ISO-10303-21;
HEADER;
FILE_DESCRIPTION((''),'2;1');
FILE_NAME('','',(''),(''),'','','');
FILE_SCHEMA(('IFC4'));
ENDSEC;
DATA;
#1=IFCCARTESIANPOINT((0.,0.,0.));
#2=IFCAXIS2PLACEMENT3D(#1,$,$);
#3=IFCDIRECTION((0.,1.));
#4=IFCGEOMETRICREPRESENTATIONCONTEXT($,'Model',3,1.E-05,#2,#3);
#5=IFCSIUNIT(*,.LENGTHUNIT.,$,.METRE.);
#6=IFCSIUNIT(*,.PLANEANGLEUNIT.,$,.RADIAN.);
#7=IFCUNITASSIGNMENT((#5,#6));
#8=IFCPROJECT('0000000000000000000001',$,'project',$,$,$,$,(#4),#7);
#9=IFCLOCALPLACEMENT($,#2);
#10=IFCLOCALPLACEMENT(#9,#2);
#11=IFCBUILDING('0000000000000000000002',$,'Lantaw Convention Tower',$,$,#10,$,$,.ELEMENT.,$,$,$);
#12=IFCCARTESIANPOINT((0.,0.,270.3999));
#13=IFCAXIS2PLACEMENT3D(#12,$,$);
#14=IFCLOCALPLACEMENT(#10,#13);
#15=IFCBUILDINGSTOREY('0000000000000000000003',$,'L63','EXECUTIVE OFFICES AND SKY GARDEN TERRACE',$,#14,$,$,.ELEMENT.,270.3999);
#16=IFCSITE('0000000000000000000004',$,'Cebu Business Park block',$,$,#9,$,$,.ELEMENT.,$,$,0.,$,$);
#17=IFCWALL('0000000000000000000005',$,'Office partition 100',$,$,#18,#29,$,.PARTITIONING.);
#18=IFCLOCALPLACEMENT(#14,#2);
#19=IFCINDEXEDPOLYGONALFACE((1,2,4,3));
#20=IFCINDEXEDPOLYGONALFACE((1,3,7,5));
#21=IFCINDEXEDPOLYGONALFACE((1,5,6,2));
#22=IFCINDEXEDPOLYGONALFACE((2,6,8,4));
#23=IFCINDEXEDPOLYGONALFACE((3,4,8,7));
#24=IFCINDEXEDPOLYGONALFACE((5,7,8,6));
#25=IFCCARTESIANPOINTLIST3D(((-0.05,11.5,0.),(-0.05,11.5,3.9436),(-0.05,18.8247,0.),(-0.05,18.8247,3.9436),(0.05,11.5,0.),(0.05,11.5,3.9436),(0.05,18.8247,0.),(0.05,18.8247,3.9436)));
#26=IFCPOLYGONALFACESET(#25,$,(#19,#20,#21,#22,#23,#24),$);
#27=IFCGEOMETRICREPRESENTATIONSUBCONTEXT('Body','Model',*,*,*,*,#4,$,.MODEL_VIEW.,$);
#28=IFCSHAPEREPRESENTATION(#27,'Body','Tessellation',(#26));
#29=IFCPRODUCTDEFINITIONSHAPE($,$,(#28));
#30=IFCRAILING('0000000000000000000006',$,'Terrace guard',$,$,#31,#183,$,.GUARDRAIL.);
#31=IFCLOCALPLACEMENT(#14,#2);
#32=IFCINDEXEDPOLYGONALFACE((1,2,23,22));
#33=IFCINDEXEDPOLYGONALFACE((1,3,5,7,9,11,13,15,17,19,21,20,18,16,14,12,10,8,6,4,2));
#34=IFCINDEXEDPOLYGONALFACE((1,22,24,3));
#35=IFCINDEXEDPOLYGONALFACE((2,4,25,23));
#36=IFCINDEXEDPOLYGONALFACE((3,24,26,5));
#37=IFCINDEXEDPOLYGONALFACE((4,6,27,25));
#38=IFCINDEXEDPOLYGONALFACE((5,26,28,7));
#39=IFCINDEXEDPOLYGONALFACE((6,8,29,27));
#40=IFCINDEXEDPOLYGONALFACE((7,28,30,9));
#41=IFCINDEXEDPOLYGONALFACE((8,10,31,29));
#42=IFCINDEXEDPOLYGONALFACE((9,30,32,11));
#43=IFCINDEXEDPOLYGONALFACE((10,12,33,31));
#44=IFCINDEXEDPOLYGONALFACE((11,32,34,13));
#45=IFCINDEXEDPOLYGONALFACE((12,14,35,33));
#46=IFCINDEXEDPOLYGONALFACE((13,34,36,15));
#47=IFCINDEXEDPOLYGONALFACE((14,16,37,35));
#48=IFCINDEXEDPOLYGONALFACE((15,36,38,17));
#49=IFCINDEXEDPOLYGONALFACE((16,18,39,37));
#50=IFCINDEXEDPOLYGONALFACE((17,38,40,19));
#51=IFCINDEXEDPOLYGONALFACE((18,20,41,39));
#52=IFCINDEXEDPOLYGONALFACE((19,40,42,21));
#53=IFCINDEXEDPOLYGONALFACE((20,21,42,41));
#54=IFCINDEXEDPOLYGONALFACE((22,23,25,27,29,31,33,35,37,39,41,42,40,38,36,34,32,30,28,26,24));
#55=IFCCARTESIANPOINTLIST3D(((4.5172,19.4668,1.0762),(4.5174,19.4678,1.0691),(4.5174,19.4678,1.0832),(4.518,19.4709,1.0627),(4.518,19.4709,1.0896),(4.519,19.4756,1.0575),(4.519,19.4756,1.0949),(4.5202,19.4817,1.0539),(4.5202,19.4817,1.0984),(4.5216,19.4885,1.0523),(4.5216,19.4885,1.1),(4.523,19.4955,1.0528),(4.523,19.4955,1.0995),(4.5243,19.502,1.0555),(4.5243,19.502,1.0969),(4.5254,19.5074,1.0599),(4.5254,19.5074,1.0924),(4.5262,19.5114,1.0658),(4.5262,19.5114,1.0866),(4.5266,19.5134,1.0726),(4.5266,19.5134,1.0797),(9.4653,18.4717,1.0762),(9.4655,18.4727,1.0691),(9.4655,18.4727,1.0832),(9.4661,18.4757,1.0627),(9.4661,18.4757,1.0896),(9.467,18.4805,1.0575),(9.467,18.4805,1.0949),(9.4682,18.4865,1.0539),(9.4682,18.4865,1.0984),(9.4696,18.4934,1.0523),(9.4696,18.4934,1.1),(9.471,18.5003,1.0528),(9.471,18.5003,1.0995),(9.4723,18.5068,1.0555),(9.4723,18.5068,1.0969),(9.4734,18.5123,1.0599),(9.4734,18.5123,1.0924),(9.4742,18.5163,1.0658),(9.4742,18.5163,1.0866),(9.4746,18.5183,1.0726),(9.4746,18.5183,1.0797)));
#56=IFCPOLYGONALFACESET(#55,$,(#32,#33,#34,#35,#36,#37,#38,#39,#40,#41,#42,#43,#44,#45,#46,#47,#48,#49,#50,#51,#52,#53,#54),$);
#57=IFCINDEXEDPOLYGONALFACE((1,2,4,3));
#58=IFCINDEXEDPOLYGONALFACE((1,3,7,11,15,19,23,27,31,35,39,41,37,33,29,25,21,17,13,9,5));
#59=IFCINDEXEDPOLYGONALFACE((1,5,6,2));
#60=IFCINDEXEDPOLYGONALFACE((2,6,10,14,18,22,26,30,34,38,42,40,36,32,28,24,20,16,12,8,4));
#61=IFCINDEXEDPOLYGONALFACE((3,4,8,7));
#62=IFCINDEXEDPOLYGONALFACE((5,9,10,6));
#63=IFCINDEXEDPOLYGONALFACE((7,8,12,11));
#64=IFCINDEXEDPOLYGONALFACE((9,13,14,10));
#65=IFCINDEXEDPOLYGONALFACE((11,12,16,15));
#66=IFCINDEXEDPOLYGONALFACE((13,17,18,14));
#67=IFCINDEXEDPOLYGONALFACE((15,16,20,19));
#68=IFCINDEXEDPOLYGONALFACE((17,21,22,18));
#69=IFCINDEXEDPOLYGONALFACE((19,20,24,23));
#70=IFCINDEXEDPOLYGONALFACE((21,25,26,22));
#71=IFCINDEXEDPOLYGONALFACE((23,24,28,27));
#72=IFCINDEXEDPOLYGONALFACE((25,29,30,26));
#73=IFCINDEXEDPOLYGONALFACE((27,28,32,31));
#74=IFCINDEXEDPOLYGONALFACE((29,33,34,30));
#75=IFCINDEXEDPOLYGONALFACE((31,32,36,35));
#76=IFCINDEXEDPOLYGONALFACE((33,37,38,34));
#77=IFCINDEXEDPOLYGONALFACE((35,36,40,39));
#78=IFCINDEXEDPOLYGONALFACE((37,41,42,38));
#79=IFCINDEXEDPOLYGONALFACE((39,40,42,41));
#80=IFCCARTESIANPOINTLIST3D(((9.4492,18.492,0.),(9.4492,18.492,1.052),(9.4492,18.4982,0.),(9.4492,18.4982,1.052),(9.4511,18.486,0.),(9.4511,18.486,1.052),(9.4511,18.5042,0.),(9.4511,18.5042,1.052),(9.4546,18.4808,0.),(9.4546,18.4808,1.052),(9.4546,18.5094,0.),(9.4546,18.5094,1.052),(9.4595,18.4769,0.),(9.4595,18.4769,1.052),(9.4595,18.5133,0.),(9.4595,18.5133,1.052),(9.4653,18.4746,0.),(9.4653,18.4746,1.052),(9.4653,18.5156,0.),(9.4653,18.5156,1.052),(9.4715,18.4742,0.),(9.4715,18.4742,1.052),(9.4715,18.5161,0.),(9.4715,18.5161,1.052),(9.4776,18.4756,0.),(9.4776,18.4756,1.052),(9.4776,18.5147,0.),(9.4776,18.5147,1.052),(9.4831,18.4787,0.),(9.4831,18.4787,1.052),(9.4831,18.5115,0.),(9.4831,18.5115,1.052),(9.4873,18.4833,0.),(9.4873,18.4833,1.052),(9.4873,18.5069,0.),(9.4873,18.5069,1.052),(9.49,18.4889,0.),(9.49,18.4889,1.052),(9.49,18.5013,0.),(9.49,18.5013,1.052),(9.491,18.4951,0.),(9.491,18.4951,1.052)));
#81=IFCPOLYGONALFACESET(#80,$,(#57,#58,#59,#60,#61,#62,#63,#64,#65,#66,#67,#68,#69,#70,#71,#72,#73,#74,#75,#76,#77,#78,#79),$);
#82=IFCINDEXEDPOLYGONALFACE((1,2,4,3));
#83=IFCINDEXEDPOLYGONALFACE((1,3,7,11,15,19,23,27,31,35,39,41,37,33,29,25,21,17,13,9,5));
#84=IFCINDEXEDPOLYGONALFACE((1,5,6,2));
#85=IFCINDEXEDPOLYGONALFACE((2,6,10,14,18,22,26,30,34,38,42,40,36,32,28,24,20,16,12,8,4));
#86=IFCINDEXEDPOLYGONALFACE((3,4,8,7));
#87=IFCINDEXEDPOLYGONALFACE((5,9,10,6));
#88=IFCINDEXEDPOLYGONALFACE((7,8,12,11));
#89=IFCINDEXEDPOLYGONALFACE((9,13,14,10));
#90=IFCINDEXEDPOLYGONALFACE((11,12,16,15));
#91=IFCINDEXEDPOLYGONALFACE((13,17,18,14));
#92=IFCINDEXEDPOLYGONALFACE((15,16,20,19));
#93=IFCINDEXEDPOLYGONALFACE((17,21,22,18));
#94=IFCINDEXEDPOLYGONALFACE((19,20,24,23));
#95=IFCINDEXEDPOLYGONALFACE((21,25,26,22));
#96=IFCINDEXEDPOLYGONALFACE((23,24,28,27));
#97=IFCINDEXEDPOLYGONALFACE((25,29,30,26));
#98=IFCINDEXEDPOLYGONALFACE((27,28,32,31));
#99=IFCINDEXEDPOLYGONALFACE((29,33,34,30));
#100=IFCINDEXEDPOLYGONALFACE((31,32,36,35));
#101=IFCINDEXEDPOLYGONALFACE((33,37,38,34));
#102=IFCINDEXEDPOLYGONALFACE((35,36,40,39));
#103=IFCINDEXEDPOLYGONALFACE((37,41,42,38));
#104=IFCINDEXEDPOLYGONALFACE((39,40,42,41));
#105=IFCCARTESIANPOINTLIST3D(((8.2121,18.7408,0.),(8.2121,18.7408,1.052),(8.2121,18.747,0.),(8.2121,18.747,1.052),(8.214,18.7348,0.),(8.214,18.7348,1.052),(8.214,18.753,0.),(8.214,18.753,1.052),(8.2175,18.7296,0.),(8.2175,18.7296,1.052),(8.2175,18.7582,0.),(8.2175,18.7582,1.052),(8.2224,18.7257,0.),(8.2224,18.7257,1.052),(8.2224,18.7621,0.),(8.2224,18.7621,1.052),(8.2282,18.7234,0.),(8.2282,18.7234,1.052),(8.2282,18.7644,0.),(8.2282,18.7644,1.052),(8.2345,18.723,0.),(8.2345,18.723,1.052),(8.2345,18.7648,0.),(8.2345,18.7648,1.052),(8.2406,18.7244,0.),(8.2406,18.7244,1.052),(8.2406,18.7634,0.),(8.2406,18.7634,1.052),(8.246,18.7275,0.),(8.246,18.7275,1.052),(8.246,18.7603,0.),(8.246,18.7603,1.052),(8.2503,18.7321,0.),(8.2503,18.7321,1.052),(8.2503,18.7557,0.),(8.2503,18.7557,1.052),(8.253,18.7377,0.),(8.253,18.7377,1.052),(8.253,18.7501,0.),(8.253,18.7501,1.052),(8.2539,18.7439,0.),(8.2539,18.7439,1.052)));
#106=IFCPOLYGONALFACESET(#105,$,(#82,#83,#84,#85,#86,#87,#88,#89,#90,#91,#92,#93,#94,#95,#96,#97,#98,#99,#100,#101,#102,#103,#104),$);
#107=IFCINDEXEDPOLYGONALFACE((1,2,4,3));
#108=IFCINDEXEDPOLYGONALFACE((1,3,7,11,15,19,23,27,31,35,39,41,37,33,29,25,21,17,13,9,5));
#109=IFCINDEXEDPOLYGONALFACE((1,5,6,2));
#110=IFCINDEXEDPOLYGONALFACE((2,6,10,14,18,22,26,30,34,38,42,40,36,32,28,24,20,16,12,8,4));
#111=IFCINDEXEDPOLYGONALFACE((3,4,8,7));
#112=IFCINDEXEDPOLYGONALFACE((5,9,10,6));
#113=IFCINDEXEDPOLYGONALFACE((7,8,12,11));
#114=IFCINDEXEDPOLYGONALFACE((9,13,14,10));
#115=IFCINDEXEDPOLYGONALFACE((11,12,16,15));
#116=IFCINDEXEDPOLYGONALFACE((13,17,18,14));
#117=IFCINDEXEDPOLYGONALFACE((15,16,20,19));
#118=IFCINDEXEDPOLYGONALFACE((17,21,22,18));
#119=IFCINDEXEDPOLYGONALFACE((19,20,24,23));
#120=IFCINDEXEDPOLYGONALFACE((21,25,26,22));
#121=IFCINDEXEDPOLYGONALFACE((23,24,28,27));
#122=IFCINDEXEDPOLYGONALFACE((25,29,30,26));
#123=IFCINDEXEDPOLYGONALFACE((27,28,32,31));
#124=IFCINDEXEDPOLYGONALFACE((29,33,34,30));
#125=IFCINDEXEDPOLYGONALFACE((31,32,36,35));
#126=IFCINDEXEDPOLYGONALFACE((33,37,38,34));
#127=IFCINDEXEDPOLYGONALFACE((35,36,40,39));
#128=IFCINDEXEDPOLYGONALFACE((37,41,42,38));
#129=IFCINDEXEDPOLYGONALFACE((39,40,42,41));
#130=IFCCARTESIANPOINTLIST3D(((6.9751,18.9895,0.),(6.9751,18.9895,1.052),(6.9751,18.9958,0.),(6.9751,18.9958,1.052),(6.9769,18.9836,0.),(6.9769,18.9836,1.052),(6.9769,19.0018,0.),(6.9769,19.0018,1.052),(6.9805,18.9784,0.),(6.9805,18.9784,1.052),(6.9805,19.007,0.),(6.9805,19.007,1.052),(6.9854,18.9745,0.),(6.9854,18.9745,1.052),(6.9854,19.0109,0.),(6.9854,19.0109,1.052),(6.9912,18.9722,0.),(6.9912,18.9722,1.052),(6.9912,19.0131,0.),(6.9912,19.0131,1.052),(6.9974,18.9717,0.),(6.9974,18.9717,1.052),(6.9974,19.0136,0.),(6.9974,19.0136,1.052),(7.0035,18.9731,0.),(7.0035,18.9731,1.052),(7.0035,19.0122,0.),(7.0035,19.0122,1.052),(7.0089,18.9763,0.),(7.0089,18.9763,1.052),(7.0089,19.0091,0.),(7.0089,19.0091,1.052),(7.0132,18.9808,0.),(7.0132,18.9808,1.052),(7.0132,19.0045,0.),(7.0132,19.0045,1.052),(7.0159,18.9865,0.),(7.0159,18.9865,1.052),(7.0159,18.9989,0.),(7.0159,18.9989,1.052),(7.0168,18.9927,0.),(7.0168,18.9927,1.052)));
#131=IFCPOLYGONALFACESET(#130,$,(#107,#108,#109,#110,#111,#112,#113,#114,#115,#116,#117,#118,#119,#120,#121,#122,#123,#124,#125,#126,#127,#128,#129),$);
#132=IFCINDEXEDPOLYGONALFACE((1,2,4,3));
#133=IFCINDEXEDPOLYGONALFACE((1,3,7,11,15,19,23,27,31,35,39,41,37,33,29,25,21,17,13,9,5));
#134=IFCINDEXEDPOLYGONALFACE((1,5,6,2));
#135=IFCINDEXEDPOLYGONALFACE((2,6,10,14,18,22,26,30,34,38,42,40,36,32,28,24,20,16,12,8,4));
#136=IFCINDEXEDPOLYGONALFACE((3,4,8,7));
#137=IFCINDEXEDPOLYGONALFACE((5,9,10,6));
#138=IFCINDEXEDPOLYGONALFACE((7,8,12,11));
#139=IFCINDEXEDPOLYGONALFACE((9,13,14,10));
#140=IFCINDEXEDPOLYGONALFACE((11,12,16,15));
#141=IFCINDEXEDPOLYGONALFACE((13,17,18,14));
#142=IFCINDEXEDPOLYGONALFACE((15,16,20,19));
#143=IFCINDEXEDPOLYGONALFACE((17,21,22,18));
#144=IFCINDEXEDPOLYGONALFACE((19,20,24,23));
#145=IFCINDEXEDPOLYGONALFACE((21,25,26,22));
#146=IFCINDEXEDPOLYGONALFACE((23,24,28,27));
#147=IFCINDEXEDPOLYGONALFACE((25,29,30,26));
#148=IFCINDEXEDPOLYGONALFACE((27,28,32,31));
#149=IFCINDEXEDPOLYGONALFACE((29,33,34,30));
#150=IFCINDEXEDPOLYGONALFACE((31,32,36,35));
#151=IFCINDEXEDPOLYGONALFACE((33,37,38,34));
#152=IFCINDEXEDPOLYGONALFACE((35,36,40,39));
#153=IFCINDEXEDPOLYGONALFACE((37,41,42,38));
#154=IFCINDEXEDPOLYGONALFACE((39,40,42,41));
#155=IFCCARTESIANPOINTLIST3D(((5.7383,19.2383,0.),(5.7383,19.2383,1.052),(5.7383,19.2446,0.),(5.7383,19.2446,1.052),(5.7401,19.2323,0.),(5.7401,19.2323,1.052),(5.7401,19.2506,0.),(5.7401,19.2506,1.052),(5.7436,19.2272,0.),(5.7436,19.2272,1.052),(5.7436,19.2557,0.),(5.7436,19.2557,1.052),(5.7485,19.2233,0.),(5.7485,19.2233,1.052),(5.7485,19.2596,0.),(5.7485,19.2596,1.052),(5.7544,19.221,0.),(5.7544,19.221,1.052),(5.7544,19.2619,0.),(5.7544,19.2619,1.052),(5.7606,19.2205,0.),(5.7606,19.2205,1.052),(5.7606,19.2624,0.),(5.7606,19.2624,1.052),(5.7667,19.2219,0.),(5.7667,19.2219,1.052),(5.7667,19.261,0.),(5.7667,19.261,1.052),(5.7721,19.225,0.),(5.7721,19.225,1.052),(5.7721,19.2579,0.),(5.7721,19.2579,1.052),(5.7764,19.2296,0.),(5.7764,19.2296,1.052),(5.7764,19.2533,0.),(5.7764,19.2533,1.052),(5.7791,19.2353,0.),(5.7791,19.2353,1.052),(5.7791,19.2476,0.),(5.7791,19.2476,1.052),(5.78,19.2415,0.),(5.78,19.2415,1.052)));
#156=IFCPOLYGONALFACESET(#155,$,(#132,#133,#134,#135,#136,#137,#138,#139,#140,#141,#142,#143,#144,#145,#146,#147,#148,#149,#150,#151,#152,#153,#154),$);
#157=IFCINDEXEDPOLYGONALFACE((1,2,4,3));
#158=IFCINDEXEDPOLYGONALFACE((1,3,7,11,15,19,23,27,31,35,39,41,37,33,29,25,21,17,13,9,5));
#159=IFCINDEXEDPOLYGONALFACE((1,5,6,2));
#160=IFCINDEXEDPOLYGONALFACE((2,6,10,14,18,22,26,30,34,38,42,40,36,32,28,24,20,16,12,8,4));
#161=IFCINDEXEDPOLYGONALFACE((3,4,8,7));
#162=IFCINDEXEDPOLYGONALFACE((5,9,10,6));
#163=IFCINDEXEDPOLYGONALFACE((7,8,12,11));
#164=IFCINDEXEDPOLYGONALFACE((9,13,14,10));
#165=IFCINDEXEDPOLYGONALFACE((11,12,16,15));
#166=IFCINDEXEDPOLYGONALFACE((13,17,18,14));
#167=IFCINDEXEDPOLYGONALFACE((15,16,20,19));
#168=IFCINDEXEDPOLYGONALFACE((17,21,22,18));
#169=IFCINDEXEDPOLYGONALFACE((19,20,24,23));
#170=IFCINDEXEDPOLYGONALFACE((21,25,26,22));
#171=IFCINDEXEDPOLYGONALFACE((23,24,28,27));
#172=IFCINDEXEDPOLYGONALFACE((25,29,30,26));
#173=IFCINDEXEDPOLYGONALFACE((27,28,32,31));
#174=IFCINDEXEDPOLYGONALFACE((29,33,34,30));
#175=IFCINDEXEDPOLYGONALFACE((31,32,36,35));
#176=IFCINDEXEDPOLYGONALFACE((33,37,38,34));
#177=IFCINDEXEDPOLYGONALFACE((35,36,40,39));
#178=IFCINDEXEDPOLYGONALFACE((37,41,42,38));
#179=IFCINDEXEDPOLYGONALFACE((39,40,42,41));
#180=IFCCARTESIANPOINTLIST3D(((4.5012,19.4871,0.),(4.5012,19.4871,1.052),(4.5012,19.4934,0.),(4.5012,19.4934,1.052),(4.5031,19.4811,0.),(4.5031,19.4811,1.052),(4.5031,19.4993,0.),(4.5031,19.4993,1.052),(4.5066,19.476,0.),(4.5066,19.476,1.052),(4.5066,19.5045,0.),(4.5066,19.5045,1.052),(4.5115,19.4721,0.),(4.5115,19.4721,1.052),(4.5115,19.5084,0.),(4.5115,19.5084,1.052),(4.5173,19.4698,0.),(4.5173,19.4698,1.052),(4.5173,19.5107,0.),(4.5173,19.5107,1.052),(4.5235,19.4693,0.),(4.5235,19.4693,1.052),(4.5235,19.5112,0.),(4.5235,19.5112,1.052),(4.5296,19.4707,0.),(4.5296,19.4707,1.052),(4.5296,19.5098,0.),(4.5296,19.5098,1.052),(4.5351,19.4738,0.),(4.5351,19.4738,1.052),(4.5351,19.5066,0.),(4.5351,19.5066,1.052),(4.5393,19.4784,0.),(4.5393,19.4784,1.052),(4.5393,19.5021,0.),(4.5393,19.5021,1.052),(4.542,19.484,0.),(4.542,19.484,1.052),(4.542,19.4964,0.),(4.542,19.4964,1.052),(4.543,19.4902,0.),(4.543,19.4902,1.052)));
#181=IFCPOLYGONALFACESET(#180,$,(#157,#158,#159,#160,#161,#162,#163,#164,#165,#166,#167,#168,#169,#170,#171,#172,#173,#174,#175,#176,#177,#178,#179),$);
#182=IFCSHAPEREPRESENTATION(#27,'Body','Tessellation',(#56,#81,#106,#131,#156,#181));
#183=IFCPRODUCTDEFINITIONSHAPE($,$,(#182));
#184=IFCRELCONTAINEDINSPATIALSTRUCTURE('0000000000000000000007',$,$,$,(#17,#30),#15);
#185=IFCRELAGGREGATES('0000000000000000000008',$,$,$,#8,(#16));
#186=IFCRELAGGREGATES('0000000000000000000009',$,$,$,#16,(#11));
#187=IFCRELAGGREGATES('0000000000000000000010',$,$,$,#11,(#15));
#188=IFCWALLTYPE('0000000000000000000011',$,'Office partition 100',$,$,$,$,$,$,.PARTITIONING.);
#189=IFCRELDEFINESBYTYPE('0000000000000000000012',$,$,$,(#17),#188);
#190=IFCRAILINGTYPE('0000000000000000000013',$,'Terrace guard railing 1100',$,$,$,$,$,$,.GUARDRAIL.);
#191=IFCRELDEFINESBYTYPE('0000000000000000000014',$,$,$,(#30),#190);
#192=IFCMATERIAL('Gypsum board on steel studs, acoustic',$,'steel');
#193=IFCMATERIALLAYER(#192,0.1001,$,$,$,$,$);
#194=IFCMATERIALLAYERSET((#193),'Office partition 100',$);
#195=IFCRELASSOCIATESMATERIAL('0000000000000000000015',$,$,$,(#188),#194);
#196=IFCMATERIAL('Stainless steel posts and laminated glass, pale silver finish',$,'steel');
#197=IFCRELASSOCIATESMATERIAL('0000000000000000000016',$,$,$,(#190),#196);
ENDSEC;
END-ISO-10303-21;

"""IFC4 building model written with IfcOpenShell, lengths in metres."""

from ifc_helpers import new_model, si_unit, direction, frame, frame_2d, origin, origin_2d, place, context, subcontext, project, spatial, rectangle, circle, extrude, material, layer, layer_set, type_object, element, save


model = new_model("IFC4")

# Units and contexts
model_context = context("Model", 3, precision=1e-05, world=origin(), true_north=direction((0.0, 1.0)))
body_context = subcontext(model_context, "Body", "Model", "MODEL_VIEW")
ifc_project = project(units=[si_unit("LENGTHUNIT", "METRE"), si_unit("PLANEANGLEUNIT", "RADIAN")], contexts=[model_context])

# Site, building, storey
site_placement = place(None, origin())
site = spatial("IfcSite", under=ifc_project, at=site_placement, Name="Cebu Business Park block", CompositionType="ELEMENT", RefElevation=0.0)
building_placement = place(site_placement, origin())
building = spatial("IfcBuilding", under=site, at=building_placement, Name="Lantaw Convention Tower", CompositionType="ELEMENT")
storey_placement = place(building_placement, frame((0.0, 0.0, 270.3999)))
storey = spatial("IfcBuildingStorey", under=building, at=storey_placement, Name="L63", Description="EXECUTIVE OFFICES AND SKY GARDEN TERRACE", CompositionType="ELEMENT", Elevation=270.3999)

# Wall
ifc_material_1 = material(Name="Gypsum board on steel studs, acoustic", Category="steel")
ifc_layer_1 = layer(ifc_material_1, 0.1001)
ifc_layer_set_1 = layer_set([ifc_layer_1], Name="Office partition 100")
wall_type_1 = type_object("IfcWallType", Name="Office partition 100", PredefinedType="PARTITIONING", material=ifc_layer_set_1)
wall_1_placement = place(storey_placement, frame((0.0, 18.8247, 0.0), z_axis=(0.0, 0.0, 1.0), x_axis=(0.0, -1.0, 0.0)))
element("IfcWall", 1, at=wall_1_placement, inside=storey, type_object=wall_type_1, Name="Office partition 100", PredefinedType="PARTITIONING", context=body_context, shape_type="SweptSolid", body=[
    extrude(rectangle(XDim=7.3247, YDim=0.1001, at=frame_2d((3.6624, 0.0))), origin(), (0.0, 0.0, 1.0), 3.9436),
])

# Railing
ifc_material_2 = material(Name="Stainless steel posts and laminated glass, pale silver finish", Category="steel")
railing_type = type_object("IfcRailingType", Name="Terrace guard railing 1100", PredefinedType="GUARDRAIL", material=ifc_material_2)
railing_1_placement = place(storey_placement, frame((9.47, 18.4951, 0.0)))
element("IfcRailing", 2, at=railing_1_placement, inside=storey, type_object=railing_type, Name="Terrace guard", PredefinedType="GUARDRAIL", context=body_context, shape_type="SweptSolid", body=[
    extrude(circle(Radius=0.0239, at=origin_2d()), frame((0.0, 0.0, 1.0762), z_axis=(-0.98037, 0.197167, 0.0), x_axis=(-0.197167, -0.98037, 0.0)), (0.0, 0.0, 1.0), 5.0471),
    extrude(circle(Radius=0.021, at=origin_2d()), origin(), (0.0, 0.0, 1.0), 1.052),
    extrude(circle(Radius=0.021, at=origin_2d()), frame((-1.2371, 0.2488, 0.0)), (0.0, 0.0, 1.0), 1.052),
    extrude(circle(Radius=0.021, at=origin_2d()), frame((-2.4741, 0.4976, 0.0)), (0.0, 0.0, 1.0), 1.052),
    extrude(circle(Radius=0.021, at=origin_2d()), frame((-3.7109, 0.7463, 0.0)), (0.0, 0.0, 1.0), 1.052),
    extrude(circle(Radius=0.021, at=origin_2d()), frame((-4.948, 0.9951, 0.0)), (0.0, 0.0, 1.0), 1.052),
])

save(model, "model.ifc")
